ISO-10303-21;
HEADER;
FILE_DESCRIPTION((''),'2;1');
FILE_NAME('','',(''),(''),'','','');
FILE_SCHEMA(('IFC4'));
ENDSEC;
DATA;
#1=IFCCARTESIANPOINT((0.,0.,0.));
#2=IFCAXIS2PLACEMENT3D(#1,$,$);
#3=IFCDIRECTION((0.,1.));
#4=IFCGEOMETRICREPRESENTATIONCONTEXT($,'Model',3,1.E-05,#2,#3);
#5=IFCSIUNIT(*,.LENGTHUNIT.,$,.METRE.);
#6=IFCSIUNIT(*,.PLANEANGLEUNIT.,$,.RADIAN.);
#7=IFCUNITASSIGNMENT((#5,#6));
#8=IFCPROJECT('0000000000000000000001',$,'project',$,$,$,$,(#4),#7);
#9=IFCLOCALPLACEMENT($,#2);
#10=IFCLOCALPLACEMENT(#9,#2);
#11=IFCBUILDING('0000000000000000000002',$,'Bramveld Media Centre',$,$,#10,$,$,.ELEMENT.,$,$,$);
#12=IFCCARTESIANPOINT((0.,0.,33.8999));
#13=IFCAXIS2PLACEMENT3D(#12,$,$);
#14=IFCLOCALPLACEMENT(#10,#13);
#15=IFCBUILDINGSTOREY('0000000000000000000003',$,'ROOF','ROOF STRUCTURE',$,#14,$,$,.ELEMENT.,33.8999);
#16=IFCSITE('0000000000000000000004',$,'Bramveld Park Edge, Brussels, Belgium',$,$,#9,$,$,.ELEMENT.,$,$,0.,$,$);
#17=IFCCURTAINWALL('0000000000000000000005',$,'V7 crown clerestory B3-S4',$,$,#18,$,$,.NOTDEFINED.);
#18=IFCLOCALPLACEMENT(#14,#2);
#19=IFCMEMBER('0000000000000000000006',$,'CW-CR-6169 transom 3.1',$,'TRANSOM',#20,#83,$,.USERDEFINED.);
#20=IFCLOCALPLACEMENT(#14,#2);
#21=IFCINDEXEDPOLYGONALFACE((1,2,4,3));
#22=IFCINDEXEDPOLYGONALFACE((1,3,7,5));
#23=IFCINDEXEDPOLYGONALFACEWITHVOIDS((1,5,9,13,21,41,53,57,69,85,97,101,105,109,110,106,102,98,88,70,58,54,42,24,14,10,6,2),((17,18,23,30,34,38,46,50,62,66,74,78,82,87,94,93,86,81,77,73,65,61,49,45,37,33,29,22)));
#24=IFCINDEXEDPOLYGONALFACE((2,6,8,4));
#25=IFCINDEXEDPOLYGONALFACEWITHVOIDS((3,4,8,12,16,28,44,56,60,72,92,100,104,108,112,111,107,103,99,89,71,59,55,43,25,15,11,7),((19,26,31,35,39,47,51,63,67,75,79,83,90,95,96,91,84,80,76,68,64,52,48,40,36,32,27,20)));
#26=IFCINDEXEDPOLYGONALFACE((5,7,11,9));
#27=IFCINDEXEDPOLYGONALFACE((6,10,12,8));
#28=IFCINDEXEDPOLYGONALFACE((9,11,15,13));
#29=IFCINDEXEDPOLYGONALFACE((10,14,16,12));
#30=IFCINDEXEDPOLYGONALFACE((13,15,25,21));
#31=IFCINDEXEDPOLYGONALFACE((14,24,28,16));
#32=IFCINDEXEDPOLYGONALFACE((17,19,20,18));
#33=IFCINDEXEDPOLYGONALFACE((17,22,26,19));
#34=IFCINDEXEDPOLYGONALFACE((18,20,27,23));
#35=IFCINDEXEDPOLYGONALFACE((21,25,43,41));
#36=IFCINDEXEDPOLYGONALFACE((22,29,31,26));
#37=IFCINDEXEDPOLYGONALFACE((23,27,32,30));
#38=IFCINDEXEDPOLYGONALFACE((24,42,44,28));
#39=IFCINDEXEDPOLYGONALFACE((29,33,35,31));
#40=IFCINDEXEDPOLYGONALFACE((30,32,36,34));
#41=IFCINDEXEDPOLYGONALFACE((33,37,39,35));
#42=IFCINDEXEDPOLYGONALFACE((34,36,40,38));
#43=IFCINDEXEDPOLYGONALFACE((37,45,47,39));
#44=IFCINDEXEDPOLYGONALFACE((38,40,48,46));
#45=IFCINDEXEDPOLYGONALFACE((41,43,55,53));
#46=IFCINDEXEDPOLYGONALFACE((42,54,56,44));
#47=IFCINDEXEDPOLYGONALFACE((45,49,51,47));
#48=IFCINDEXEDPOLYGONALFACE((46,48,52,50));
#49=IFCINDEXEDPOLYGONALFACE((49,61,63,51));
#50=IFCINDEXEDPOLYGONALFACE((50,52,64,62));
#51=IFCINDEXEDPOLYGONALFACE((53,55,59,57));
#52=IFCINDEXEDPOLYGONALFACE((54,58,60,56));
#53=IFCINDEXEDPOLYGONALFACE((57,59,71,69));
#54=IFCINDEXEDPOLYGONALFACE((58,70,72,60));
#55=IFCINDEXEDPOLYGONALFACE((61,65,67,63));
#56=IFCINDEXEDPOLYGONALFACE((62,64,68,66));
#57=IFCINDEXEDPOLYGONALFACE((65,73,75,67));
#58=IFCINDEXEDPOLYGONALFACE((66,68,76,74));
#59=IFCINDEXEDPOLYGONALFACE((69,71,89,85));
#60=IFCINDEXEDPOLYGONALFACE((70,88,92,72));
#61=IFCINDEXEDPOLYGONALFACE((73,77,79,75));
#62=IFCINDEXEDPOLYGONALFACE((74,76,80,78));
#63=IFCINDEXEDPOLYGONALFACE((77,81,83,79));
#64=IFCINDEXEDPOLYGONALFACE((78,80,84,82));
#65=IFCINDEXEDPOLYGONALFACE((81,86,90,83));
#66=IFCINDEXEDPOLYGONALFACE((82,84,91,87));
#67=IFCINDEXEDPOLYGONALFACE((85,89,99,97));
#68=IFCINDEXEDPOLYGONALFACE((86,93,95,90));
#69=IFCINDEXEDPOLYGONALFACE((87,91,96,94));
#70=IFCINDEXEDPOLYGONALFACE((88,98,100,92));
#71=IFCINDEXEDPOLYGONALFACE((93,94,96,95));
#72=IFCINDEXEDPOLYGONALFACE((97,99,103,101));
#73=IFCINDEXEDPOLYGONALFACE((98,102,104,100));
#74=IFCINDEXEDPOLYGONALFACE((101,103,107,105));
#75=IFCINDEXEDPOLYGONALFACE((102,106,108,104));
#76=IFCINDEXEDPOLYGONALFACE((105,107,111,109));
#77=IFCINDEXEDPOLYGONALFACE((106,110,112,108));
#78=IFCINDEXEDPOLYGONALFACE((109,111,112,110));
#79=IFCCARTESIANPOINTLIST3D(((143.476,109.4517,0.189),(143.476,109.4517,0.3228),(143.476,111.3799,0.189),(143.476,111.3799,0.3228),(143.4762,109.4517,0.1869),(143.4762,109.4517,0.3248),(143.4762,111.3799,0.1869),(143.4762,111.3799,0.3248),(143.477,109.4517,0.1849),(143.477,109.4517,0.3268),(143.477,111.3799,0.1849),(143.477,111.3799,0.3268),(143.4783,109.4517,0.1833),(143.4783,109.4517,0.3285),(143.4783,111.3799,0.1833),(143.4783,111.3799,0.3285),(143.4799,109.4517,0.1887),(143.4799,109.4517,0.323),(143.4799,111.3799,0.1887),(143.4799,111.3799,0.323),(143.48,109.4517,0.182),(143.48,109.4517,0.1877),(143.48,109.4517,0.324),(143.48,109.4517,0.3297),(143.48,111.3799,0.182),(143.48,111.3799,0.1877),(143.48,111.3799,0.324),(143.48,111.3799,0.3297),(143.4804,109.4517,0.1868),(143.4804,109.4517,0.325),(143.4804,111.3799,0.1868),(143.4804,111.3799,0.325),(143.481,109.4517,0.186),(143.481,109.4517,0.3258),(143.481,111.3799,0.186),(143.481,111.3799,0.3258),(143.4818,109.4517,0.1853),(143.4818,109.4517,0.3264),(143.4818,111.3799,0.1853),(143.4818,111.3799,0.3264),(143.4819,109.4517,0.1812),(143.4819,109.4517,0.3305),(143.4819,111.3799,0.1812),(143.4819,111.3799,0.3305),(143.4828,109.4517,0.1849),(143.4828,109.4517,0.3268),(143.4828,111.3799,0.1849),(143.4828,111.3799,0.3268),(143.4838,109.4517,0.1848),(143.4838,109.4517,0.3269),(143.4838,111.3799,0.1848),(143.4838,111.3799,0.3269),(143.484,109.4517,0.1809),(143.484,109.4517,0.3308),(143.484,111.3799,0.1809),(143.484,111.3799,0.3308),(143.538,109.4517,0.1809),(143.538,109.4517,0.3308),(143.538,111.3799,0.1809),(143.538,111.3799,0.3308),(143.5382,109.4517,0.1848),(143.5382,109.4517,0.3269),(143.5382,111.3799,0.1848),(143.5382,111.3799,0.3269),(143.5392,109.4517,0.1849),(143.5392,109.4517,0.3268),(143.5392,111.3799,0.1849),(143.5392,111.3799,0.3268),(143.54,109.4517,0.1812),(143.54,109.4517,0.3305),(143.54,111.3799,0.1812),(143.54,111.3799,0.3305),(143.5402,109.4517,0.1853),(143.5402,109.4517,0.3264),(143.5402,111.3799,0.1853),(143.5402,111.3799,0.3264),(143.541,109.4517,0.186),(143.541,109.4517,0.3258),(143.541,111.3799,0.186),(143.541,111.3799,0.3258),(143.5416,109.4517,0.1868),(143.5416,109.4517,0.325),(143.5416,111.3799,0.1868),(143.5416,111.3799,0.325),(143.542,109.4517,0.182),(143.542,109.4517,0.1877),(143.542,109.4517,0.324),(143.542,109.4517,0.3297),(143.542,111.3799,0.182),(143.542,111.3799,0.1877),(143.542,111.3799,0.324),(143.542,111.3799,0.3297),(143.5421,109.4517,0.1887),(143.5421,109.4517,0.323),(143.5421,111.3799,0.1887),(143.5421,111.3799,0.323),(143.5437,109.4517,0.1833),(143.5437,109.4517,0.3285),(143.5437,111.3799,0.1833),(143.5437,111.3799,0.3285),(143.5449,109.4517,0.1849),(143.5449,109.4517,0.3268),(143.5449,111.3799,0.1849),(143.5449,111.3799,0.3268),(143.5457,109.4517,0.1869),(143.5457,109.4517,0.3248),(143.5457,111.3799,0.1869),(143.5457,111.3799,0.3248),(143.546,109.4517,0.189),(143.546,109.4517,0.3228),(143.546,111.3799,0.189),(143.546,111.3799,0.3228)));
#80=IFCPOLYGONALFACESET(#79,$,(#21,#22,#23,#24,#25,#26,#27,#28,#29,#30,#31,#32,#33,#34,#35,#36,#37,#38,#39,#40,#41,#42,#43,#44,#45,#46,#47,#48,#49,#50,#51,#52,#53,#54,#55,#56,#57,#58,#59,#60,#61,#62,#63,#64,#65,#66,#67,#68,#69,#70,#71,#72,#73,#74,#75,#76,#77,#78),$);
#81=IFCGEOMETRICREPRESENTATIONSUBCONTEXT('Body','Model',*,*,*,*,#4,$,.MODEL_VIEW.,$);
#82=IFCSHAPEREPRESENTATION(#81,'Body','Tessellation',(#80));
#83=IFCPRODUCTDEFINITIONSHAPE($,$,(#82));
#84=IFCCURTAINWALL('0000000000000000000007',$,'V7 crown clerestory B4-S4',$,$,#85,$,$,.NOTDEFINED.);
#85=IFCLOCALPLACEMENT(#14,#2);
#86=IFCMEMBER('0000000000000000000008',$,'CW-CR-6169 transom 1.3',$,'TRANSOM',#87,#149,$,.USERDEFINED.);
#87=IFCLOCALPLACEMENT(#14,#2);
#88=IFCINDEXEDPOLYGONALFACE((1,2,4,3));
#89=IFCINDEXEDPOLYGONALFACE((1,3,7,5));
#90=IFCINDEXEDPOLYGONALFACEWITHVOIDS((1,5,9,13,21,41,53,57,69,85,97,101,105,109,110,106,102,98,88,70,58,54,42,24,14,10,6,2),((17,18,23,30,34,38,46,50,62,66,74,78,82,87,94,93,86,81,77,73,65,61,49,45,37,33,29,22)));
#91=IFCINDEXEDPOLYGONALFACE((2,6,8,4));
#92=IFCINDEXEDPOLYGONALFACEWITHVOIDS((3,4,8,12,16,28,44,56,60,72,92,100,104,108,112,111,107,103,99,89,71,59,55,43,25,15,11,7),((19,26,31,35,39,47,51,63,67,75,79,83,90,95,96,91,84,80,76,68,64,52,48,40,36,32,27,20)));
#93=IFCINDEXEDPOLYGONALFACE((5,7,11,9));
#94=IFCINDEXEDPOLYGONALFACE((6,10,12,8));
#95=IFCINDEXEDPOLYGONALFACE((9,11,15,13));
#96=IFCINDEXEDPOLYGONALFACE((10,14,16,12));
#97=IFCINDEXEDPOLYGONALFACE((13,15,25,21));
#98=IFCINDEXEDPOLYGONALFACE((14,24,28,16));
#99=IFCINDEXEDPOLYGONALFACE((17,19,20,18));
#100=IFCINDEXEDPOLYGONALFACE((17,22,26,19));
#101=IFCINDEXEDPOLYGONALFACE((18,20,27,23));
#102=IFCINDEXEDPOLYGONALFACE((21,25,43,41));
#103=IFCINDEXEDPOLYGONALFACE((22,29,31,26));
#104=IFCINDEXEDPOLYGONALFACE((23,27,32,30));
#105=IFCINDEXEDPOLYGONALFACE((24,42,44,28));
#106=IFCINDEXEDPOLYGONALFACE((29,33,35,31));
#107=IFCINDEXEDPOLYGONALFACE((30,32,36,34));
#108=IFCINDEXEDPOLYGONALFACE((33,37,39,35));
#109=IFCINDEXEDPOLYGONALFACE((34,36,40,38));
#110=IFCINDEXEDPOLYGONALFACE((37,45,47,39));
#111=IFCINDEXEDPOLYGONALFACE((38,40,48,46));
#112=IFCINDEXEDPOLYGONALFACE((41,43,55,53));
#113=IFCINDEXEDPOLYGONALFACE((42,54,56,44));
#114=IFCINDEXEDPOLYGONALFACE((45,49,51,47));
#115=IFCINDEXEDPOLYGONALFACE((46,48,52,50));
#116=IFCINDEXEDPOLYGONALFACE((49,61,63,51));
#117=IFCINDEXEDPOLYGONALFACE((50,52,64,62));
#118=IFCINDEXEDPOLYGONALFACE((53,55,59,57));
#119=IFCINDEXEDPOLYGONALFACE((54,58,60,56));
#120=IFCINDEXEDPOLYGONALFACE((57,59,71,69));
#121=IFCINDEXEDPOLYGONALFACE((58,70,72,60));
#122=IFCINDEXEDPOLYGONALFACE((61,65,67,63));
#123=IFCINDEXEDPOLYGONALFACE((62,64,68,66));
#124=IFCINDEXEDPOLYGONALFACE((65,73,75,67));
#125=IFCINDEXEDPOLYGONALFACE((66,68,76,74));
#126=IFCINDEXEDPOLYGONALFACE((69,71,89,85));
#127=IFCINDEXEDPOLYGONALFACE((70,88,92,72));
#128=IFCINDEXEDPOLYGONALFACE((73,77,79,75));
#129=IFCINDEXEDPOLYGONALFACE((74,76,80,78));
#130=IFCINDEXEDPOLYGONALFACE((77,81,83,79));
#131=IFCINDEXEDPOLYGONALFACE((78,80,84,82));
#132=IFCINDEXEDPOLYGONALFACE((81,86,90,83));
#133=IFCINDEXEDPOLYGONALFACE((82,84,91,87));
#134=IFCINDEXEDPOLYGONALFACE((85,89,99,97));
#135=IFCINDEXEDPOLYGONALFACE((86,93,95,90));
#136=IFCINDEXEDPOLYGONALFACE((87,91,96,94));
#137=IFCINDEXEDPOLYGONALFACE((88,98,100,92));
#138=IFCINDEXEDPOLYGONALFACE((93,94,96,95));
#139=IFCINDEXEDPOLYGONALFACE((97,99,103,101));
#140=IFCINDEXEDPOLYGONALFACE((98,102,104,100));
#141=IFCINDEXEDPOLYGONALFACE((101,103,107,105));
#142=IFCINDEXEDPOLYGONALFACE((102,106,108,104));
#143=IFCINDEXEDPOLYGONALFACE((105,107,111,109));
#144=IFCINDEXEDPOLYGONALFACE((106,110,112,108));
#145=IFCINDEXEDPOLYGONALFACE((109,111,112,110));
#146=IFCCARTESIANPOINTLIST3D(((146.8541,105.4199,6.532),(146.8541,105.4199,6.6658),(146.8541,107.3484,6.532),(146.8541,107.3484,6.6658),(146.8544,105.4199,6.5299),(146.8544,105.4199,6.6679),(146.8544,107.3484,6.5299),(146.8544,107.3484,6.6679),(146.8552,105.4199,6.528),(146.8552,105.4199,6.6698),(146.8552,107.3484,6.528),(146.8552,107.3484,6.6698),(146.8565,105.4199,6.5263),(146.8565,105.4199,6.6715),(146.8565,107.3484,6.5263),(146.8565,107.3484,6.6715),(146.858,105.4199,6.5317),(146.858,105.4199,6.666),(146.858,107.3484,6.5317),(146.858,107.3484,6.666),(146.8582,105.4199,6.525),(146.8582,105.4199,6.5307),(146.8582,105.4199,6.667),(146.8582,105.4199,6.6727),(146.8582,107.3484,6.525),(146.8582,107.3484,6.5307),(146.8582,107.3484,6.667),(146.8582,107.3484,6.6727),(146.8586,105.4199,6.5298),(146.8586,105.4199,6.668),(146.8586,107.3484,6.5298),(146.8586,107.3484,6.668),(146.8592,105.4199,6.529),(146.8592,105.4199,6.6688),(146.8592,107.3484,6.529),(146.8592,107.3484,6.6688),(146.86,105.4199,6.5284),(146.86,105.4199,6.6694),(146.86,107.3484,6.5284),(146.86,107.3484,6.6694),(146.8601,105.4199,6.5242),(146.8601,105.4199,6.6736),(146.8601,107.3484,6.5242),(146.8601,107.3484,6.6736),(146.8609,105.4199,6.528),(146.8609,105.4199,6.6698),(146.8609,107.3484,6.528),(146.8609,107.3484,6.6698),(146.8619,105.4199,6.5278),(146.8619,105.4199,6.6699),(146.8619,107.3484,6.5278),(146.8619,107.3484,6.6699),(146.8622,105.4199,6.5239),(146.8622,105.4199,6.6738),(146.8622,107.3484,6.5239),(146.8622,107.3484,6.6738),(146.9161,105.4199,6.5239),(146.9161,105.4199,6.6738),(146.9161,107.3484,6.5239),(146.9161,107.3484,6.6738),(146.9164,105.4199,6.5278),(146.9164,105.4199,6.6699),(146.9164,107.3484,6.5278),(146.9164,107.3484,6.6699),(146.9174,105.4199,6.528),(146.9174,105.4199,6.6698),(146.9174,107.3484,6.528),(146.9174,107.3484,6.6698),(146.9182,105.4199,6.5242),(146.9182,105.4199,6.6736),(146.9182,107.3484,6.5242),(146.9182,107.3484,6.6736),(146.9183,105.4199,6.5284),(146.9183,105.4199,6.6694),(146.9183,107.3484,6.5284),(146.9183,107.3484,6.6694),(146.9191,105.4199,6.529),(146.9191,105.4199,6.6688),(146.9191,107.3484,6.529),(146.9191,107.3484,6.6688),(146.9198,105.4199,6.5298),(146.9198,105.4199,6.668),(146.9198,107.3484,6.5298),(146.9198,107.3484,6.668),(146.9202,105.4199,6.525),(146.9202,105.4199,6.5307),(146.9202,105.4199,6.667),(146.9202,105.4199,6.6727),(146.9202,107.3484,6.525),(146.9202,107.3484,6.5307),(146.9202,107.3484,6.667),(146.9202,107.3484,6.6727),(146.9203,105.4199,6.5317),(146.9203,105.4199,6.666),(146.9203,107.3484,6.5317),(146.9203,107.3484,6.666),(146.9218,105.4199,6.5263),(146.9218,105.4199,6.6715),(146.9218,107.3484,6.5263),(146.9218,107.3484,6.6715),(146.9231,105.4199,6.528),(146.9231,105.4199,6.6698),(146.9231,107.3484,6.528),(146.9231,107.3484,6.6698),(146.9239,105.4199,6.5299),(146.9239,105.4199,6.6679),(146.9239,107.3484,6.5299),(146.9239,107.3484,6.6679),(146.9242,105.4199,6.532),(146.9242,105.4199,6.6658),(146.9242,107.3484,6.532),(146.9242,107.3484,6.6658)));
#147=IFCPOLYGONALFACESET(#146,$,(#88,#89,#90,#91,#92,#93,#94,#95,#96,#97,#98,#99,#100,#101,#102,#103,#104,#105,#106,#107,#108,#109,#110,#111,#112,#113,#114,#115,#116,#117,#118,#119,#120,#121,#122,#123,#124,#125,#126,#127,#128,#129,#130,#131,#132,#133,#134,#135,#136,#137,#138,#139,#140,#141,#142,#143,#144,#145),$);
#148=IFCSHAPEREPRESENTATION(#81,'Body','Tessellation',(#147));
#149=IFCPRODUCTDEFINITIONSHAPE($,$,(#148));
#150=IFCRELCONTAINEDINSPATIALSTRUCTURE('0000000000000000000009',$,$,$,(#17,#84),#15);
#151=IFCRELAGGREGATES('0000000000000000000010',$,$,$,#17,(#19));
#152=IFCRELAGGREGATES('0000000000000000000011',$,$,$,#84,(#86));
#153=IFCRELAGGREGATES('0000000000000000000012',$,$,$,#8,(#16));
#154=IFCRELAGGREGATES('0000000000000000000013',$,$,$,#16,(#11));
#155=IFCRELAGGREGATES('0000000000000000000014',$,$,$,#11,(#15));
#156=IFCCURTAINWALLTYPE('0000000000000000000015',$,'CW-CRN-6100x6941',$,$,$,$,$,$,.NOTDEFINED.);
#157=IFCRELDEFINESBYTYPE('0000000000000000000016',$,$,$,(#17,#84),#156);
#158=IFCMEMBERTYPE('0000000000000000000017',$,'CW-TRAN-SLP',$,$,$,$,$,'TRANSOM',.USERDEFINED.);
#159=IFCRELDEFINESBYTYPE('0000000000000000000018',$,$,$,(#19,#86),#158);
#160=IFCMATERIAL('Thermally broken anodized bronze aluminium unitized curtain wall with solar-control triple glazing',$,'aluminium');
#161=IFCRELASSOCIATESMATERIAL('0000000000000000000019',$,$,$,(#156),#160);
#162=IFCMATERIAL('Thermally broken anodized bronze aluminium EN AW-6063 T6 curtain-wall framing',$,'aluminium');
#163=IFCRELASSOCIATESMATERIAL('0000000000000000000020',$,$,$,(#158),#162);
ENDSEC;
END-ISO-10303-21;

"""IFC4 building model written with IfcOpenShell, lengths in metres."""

from ifc_helpers import new_model, si_unit, direction, frame, origin, origin_2d, place, context, subcontext, project, spatial, hollow_rectangle, extrude, material, material_profile, profile_set, type_object, element, aggregate, save


model = new_model("IFC4")

# Units and contexts
model_context = context("Model", 3, precision=1e-05, world=origin(), true_north=direction((0.0, 1.0)))
body_context = subcontext(model_context, "Body", "Model", "MODEL_VIEW")
ifc_project = project(units=[si_unit("LENGTHUNIT", "METRE"), si_unit("PLANEANGLEUNIT", "RADIAN")], contexts=[model_context])

# Site, building, storey
site_placement = place(None, origin())
site = spatial("IfcSite", under=ifc_project, at=site_placement, Name="Bramveld Park Edge, Brussels, Belgium", CompositionType="ELEMENT", RefElevation=0.0)
building_placement = place(site_placement, origin())
building = spatial("IfcBuilding", under=site, at=building_placement, Name="Bramveld Media Centre", CompositionType="ELEMENT")
storey_placement = place(building_placement, frame((0.0, 0.0, 33.8999)))
storey = spatial("IfcBuildingStorey", under=building, at=storey_placement, Name="ROOF", Description="ROOF STRUCTURE", CompositionType="ELEMENT", Elevation=33.8999)

# Curtain walls, members
ifc_material_1 = material(Name="Thermally broken anodized bronze aluminium unitized curtain wall with solar-control triple glazing", Category="aluminium")
curtain_wall_type = type_object("IfcCurtainWallType", Name="CW-CRN-6100x6941", PredefinedType="NOTDEFINED", material=ifc_material_1)
curtain_wall_1_placement = place(storey_placement, origin())
curtain_wall_1 = element("IfcCurtainWall", 1, at=curtain_wall_1_placement, inside=storey, type_object=curtain_wall_type, Name="V7 crown clerestory B3-S4", PredefinedType="NOTDEFINED")
ifc_material_2 = material(Name="Thermally broken anodized bronze aluminium EN AW-6063 T6 curtain-wall framing", Category="aluminium")
ifc_material_profile_1 = material_profile(ifc_material_2, hollow_rectangle(XDim=0.0701, YDim=0.1499, WallThickness=0.0039, InnerFilletRadius=0.0039, OuterFilletRadius=0.0081, at=origin_2d()), Name="AL-TRAN 70x150")
ifc_profile_set_1 = profile_set([ifc_material_profile_1], Name="Thermally broken anodized bronze aluminium EN AW-6063 T6 curtain-wall framing")
member_type_1 = type_object("IfcMemberType", Name="CW-TRAN-SLP", ElementType="TRANSOM", PredefinedType="USERDEFINED", material=ifc_profile_set_1)
member_1_placement = place(storey_placement, frame((143.511, 109.4517, 0.2559), z_axis=(0.0, 1.0, 0.0), x_axis=(-1.0, 0.0, 0.0)))
member_1 = element("IfcMember", 2, at=member_1_placement, type_object=member_type_1, Name="CW-CR-6169 transom 3.1", ObjectType="TRANSOM", PredefinedType="USERDEFINED", context=body_context, shape_type="SweptSolid", body=[
    extrude(hollow_rectangle(XDim=0.0701, YDim=0.1499, WallThickness=0.0039, InnerFilletRadius=0.0039, OuterFilletRadius=0.0081, at=origin_2d()), origin(), (0.0, 0.0, 1.0), 1.9282),
])
aggregate(curtain_wall_1, [member_1])
curtain_wall_2_placement = place(storey_placement, origin())
curtain_wall_2 = element("IfcCurtainWall", 3, at=curtain_wall_2_placement, inside=storey, type_object=curtain_wall_type, Name="V7 crown clerestory B4-S4", PredefinedType="NOTDEFINED")
member_2_placement = place(storey_placement, frame((146.8892, 105.4199, 6.5989), z_axis=(0.0, 1.0, 0.0), x_axis=(-1.0, 0.0, 0.0)))
member_2 = element("IfcMember", 4, at=member_2_placement, type_object=member_type_1, Name="CW-CR-6169 transom 1.3", ObjectType="TRANSOM", PredefinedType="USERDEFINED", context=body_context, shape_type="SweptSolid", body=[
    extrude(hollow_rectangle(XDim=0.0701, YDim=0.1499, WallThickness=0.0039, InnerFilletRadius=0.0039, OuterFilletRadius=0.0081, at=origin_2d()), origin(), (0.0, 0.0, 1.0), 1.9285),
])
aggregate(curtain_wall_2, [member_2])

save(model, "model.ifc")
